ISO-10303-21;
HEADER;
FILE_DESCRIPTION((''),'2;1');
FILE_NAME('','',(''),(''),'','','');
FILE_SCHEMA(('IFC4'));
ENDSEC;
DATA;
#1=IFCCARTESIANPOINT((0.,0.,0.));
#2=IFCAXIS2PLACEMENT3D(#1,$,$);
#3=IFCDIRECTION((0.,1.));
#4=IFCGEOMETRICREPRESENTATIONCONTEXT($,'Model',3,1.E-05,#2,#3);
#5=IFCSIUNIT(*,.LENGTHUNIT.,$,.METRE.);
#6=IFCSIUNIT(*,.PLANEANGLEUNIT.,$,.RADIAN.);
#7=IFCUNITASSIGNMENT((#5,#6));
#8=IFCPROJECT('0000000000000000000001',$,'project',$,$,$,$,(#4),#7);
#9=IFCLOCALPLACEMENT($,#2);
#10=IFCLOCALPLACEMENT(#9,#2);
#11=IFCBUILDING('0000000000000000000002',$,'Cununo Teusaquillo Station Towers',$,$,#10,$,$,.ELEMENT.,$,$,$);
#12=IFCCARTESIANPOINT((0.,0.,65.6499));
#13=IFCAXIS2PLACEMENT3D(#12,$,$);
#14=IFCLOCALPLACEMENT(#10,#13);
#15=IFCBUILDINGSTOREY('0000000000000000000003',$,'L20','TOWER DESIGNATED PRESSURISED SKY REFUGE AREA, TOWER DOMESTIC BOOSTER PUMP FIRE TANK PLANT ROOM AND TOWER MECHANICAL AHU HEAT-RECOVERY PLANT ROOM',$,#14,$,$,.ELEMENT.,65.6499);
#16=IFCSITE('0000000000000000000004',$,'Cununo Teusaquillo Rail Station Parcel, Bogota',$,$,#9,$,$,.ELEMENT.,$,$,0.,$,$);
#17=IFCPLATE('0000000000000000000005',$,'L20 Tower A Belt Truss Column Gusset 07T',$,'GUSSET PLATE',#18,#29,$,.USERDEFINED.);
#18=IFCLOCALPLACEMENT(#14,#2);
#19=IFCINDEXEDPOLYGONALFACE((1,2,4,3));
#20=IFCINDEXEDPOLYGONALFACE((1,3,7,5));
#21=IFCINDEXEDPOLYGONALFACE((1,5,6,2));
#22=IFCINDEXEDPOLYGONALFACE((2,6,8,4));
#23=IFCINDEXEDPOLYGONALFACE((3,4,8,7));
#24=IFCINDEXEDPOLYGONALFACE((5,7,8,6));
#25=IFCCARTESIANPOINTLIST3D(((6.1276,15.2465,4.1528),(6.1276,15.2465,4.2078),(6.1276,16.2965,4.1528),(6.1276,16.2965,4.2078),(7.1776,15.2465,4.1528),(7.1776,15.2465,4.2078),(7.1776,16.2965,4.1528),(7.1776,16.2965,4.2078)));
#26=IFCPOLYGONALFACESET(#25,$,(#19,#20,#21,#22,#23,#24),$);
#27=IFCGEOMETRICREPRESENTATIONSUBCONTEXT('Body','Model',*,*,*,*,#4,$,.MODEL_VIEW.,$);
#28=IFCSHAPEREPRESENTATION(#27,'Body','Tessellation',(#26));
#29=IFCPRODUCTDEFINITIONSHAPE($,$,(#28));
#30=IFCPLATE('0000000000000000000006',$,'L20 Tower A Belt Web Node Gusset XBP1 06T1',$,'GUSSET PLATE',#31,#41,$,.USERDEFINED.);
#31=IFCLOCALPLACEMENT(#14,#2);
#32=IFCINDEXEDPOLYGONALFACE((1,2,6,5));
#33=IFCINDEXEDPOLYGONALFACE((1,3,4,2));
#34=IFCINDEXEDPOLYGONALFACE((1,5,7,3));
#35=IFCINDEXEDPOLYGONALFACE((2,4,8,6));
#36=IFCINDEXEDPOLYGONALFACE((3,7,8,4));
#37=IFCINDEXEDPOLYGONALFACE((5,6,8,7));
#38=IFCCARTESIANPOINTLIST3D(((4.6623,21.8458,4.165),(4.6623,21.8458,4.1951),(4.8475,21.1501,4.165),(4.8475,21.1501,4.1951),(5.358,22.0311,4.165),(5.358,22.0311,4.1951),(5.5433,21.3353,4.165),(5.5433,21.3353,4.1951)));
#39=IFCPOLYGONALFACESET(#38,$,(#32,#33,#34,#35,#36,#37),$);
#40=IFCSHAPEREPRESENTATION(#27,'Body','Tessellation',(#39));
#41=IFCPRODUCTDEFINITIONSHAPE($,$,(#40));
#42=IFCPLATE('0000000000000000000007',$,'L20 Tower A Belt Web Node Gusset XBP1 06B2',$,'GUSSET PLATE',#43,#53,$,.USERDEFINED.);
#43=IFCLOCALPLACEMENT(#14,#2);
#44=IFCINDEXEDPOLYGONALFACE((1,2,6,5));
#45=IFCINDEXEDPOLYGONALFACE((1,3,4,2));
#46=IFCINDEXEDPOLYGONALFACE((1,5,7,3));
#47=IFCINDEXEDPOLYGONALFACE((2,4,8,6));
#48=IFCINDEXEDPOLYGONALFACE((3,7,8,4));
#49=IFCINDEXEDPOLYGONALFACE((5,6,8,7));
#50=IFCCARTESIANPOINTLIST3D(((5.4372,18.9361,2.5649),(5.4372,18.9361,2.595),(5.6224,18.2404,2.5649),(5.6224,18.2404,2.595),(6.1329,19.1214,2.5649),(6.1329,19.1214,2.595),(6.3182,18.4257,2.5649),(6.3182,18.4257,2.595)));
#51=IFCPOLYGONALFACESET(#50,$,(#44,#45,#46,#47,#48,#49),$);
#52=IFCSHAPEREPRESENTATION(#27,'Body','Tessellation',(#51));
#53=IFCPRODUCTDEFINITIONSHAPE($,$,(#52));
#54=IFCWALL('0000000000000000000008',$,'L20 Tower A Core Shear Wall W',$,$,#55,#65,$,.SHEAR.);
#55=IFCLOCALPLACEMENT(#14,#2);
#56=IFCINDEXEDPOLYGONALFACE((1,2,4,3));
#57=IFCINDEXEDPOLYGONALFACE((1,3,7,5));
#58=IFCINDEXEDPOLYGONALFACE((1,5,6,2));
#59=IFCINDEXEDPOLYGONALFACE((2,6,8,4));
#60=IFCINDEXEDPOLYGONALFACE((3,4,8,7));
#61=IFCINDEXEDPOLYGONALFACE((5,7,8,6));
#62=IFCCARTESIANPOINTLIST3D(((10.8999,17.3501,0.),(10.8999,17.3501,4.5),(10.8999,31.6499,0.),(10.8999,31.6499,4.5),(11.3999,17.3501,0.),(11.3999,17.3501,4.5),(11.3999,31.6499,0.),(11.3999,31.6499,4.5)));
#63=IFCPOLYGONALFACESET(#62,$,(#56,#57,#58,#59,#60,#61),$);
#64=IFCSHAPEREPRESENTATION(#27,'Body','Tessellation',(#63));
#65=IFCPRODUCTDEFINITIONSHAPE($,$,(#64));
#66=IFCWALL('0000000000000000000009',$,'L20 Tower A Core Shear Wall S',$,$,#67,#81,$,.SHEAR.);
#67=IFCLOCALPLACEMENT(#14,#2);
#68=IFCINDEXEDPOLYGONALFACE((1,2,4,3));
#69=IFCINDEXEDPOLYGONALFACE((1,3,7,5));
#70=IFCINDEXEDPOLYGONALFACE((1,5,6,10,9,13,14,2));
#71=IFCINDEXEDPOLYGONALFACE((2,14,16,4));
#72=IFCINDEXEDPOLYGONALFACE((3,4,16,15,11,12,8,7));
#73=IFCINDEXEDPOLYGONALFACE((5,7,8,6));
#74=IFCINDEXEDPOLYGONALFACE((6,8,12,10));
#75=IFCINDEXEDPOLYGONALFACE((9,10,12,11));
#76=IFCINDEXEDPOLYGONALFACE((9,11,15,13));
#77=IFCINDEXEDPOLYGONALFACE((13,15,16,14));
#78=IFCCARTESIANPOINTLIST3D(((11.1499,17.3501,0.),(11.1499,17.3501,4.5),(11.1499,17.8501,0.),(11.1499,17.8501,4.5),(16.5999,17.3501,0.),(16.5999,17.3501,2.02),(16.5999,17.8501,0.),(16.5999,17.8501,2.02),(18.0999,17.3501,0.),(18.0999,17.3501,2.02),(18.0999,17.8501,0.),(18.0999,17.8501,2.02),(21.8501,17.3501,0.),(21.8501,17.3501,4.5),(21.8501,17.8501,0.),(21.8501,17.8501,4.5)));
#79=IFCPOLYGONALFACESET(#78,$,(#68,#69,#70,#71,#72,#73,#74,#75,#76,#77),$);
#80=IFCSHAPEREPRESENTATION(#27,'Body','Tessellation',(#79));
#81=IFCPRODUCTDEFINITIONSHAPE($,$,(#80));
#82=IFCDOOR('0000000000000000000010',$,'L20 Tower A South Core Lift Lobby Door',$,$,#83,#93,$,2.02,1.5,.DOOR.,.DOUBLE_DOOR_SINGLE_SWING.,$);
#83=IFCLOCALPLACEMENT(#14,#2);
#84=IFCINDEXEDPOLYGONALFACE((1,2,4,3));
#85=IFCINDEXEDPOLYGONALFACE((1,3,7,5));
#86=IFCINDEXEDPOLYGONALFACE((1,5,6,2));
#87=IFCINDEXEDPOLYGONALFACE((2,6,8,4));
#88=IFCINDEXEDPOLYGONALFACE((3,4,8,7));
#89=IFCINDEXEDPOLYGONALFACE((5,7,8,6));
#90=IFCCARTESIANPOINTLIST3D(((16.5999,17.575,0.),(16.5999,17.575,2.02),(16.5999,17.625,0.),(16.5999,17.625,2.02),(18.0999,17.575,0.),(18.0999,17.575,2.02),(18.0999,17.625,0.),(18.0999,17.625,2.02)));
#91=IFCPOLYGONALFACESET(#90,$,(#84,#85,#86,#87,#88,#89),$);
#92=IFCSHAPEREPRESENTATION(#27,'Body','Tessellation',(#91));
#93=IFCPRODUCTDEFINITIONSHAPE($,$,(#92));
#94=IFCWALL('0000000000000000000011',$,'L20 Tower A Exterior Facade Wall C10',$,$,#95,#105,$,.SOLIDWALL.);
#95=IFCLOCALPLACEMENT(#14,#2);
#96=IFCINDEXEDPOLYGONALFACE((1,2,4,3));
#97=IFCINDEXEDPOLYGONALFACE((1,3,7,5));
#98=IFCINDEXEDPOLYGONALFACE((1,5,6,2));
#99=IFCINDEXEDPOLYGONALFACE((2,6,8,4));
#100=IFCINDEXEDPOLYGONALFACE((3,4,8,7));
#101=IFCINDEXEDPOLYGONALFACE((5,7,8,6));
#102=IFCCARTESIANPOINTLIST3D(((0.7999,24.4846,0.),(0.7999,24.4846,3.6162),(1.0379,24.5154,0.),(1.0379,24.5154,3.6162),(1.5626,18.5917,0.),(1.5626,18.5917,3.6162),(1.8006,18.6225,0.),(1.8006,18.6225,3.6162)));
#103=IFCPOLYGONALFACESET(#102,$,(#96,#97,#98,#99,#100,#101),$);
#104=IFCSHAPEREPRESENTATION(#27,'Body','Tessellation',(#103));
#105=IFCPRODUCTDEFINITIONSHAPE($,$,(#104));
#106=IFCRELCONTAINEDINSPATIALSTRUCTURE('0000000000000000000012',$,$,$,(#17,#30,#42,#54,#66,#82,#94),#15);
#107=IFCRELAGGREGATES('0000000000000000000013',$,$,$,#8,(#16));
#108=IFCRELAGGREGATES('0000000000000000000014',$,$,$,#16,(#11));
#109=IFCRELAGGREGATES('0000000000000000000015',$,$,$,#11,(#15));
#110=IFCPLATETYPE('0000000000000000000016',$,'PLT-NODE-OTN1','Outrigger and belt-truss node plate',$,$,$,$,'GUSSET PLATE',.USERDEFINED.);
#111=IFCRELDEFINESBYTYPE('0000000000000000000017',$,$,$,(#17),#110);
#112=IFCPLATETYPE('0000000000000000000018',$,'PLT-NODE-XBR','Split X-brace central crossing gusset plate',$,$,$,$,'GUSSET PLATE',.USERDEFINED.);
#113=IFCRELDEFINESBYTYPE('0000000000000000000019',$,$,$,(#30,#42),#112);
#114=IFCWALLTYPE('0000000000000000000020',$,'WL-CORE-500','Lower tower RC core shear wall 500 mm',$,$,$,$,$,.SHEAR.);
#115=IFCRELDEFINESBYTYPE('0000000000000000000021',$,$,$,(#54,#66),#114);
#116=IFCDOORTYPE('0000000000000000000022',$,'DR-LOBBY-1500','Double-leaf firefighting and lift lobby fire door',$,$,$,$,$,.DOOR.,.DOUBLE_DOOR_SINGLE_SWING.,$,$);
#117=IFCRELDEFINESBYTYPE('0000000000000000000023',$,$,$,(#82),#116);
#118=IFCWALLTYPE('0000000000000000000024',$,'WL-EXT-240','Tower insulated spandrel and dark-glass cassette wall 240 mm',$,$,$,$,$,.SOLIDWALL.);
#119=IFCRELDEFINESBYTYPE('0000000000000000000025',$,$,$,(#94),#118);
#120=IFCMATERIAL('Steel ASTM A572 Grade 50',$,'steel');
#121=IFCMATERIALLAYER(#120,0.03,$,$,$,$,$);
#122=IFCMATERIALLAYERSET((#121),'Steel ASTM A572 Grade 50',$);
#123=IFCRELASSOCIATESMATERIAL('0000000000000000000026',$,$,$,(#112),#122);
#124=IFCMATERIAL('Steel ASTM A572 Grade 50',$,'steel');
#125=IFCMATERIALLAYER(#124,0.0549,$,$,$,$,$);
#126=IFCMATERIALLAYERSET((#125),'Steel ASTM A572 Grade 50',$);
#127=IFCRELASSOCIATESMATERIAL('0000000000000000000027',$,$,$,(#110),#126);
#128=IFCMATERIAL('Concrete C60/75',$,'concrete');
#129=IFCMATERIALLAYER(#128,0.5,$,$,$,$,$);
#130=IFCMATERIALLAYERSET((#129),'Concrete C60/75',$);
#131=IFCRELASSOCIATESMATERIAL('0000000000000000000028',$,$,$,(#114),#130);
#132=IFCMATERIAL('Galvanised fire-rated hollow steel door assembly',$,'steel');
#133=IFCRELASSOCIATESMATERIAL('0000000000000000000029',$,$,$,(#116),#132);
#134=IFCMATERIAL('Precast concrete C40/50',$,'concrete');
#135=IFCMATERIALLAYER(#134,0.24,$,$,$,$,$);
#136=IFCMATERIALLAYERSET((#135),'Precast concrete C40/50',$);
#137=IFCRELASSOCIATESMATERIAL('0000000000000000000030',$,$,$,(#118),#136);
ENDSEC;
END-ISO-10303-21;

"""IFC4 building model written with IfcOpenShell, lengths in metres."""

from ifc_helpers import new_model, si_unit, direction, frame, frame_2d, origin, origin_2d, place, context, subcontext, project, spatial, rectangle, extrude, source, transform, mapped, material, layer, layer_set, type_object, element, fill, save


model = new_model("IFC4")

# Units and contexts
model_context = context("Model", 3, precision=1e-05, world=origin(), true_north=direction((0.0, 1.0)))
body_context = subcontext(model_context, "Body", "Model", "MODEL_VIEW")
ifc_project = project(units=[si_unit("LENGTHUNIT", "METRE"), si_unit("PLANEANGLEUNIT", "RADIAN")], contexts=[model_context])

# Site, building, storey
site_placement = place(None, origin())
site = spatial("IfcSite", under=ifc_project, at=site_placement, Name="Cununo Teusaquillo Rail Station Parcel, Bogota", CompositionType="ELEMENT", RefElevation=0.0)
building_placement = place(site_placement, origin())
building = spatial("IfcBuilding", under=site, at=building_placement, Name="Cununo Teusaquillo Station Towers", CompositionType="ELEMENT")
storey_placement = place(building_placement, frame((0.0, 0.0, 65.6499)))
storey = spatial("IfcBuildingStorey", under=building, at=storey_placement, Name="L20", Description="TOWER DESIGNATED PRESSURISED SKY REFUGE AREA, TOWER DOMESTIC BOOSTER PUMP FIRE TANK PLANT ROOM AND TOWER MECHANICAL AHU HEAT-RECOVERY PLANT ROOM", CompositionType="ELEMENT", Elevation=65.6499)

# Plates
ifc_material_1 = material(Name="Steel ASTM A572 Grade 50", Category="steel")
ifc_layer_1 = layer(ifc_material_1, 0.03)
ifc_layer_set_1 = layer_set([ifc_layer_1], Name="Steel ASTM A572 Grade 50")
plate_type_1 = type_object("IfcPlateType", Name="PLT-NODE-XBR", Description="Split X-brace central crossing gusset plate", ElementType="GUSSET PLATE", PredefinedType="USERDEFINED", material=ifc_layer_set_1)
ifc_material_2 = material(Name="Steel ASTM A572 Grade 50", Category="steel")
ifc_layer_2 = layer(ifc_material_2, 0.0549)
ifc_layer_set_2 = layer_set([ifc_layer_2], Name="Steel ASTM A572 Grade 50")
plate_type_2 = type_object("IfcPlateType", Name="PLT-NODE-OTN1", Description="Outrigger and belt-truss node plate", ElementType="GUSSET PLATE", PredefinedType="USERDEFINED", material=ifc_layer_set_2)
shared_shape_1 = source(origin(), body_context, "Body", "SweptSolid", [
    extrude(rectangle(XDim=1.05, YDim=1.05, at=origin_2d()), origin(), (0.0, 0.0, 1.0), 0.0549),
])
plate_1_placement = place(storey_placement, frame((6.6526, 15.7715, 4.1528), z_axis=(0.0, 0.0, 1.0), x_axis=(1.0, 0.0, 0.0)))
element("IfcPlate", 1, at=plate_1_placement, inside=storey, type_object=plate_type_2, Name="L20 Tower A Belt Truss Column Gusset 07T", ObjectType="GUSSET PLATE", PredefinedType="USERDEFINED", context=body_context, shape_type="MappedRepresentation", body=[
    mapped(shared_shape_1, transform((0.0, 0.0, 0.0), x_axis=(1.0, 0.0, 0.0), y_axis=(0.0, 1.0, 0.0), z_axis=(0.0, 0.0, 1.0), scale=1.0)),
])
shared_shape_2 = source(origin(), body_context, "Body", "SweptSolid", [
    extrude(rectangle(XDim=0.72, YDim=0.72, at=origin_2d()), origin(), (0.0, 0.0, 1.0), 0.03),
])
for number, where, z_axis, x_axis, name in (
    (2, (5.1028, 21.5906, 4.165), (0.0, 0.0, 1.0), (0.257301, -0.966331, 0.0), "L20 Tower A Belt Web Node Gusset XBP1 06T1"),
    (3, (5.8777, 18.6809, 2.5649), (0.0, 0.0, 1.0), (0.257301, -0.966331, 0.0), "L20 Tower A Belt Web Node Gusset XBP1 06B2"),
):
    element("IfcPlate", number, at=place(storey_placement, frame(where, z_axis=z_axis, x_axis=x_axis)), inside=storey, type_object=plate_type_1, Name=name, ObjectType="GUSSET PLATE", PredefinedType="USERDEFINED", context=body_context, shape_type="MappedRepresentation", body=[
        mapped(shared_shape_2, transform((0.0, 0.0, 0.0), x_axis=(1.0, 0.0, 0.0), y_axis=(0.0, 1.0, 0.0), z_axis=(0.0, 0.0, 1.0), scale=1.0)),
    ])

# Wall
ifc_material_3 = material(Name="Concrete C60/75", Category="concrete")
ifc_layer_3 = layer(ifc_material_3, 0.5)
ifc_layer_set_3 = layer_set([ifc_layer_3], Name="Concrete C60/75")
wall_type_1 = type_object("IfcWallType", Name="WL-CORE-500", Description="Lower tower RC core shear wall 500 mm", PredefinedType="SHEAR", material=ifc_layer_set_3)
wall_1_placement = place(storey_placement, frame((11.1499, 17.3501, 0.0), z_axis=(0.0, 0.0, 1.0), x_axis=(0.0, 1.0, 0.0)))
element("IfcWall", 4, at=wall_1_placement, inside=storey, type_object=wall_type_1, Name="L20 Tower A Core Shear Wall W", PredefinedType="SHEAR", context=body_context, shape_type="SweptSolid", body=[
    extrude(rectangle(XDim=14.2998, YDim=0.5, at=frame_2d((7.1499, 0.0))), origin(), (0.0, 0.0, 1.0), 4.5),
])

# Wall, opening, door
wall_2_placement = place(storey_placement, frame((11.1499, 17.6001, 0.0), z_axis=(0.0, 0.0, 1.0), x_axis=(1.0, 0.0, 0.0)))
wall_2 = element("IfcWall", 5, at=wall_2_placement, inside=storey, type_object=wall_type_1, Name="L20 Tower A Core Shear Wall S", PredefinedType="SHEAR", context=body_context, shape_type="SweptSolid", body=[
    extrude(rectangle(XDim=10.7002, YDim=0.5, at=frame_2d((5.3501, 0.0))), origin(), (0.0, 0.0, 1.0), 4.5),
])
shared_shape_3 = source(origin(), body_context, "Body", "SweptSolid", [
    extrude(rectangle(XDim=1.5, YDim=2.02, at=frame_2d((0.75, 1.01))), frame((0.0, 0.26, 0.0), z_axis=(0.0, -1.0, 0.0), x_axis=(1.0, 0.0, 0.0)), (0.0, 0.0, 1.0), 0.52),
])
opening_placement = place(wall_2_placement, frame((5.45, 0.0, 0.0)))
opening = element("IfcOpeningElement", 6, at=opening_placement, cuts=wall_2, PredefinedType="OPENING", context=body_context, shape_type="MappedRepresentation", body=[
    mapped(shared_shape_3, transform((0.0, 0.0, 0.0), x_axis=(1.0, 0.0, 0.0), y_axis=(0.0, 1.0, 0.0), z_axis=(0.0, 0.0, 1.0), scale=1.0)),
])
ifc_material_4 = material(Name="Galvanised fire-rated hollow steel door assembly", Category="steel")
door_type = type_object("IfcDoorType", Name="DR-LOBBY-1500", Description="Double-leaf firefighting and lift lobby fire door", OperationType="DOUBLE_DOOR_SINGLE_SWING", PredefinedType="DOOR", material=ifc_material_4)
shared_shape_4 = source(origin(), body_context, "Body", "SweptSolid", [
    extrude(rectangle(XDim=1.5, YDim=2.02, at=frame_2d((0.75, 1.01))), frame((0.0, 0.0249, 0.0), z_axis=(0.0, -1.0, 0.0), x_axis=(1.0, 0.0, 0.0)), (0.0, 0.0, 1.0), 0.05),
])
door_placement = place(opening_placement, origin())
door = element("IfcDoor", 7, at=door_placement, inside=storey, type_object=door_type, Name="L20 Tower A South Core Lift Lobby Door", OperationType="DOUBLE_DOOR_SINGLE_SWING", OverallHeight=2.02, OverallWidth=1.5, PredefinedType="DOOR", context=body_context, shape_type="MappedRepresentation", body=[
    mapped(shared_shape_4, transform((0.0, 0.0, 0.0), x_axis=(1.0, 0.0, 0.0), y_axis=(0.0, 1.0, 0.0), z_axis=(0.0, 0.0, 1.0), scale=1.0)),
])
fill(opening, door)

# Wall
ifc_material_5 = material(Name="Precast concrete C40/50", Category="concrete")
ifc_layer_4 = layer(ifc_material_5, 0.24)
ifc_layer_set_4 = layer_set([ifc_layer_4], Name="Precast concrete C40/50")
wall_type_2 = type_object("IfcWallType", Name="WL-EXT-240", Description="Tower insulated spandrel and dark-glass cassette wall 240 mm", PredefinedType="SOLIDWALL", material=ifc_layer_set_4)
wall_3_placement = place(storey_placement, frame((1.6816, 18.6069, 0.0), z_axis=(0.0, 0.0, 1.0), x_axis=(-0.128352, 0.991729, 0.0)))
element("IfcWall", 8, at=wall_3_placement, inside=storey, type_object=wall_type_2, Name="L20 Tower A Exterior Facade Wall C10", PredefinedType="SOLIDWALL", context=body_context, shape_type="SweptSolid", body=[
    extrude(rectangle(XDim=5.9421, YDim=0.24, at=frame_2d((2.9712, 0.0))), origin(), (0.0, 0.0, 1.0), 3.6162),
])

save(model, "model.ifc")
